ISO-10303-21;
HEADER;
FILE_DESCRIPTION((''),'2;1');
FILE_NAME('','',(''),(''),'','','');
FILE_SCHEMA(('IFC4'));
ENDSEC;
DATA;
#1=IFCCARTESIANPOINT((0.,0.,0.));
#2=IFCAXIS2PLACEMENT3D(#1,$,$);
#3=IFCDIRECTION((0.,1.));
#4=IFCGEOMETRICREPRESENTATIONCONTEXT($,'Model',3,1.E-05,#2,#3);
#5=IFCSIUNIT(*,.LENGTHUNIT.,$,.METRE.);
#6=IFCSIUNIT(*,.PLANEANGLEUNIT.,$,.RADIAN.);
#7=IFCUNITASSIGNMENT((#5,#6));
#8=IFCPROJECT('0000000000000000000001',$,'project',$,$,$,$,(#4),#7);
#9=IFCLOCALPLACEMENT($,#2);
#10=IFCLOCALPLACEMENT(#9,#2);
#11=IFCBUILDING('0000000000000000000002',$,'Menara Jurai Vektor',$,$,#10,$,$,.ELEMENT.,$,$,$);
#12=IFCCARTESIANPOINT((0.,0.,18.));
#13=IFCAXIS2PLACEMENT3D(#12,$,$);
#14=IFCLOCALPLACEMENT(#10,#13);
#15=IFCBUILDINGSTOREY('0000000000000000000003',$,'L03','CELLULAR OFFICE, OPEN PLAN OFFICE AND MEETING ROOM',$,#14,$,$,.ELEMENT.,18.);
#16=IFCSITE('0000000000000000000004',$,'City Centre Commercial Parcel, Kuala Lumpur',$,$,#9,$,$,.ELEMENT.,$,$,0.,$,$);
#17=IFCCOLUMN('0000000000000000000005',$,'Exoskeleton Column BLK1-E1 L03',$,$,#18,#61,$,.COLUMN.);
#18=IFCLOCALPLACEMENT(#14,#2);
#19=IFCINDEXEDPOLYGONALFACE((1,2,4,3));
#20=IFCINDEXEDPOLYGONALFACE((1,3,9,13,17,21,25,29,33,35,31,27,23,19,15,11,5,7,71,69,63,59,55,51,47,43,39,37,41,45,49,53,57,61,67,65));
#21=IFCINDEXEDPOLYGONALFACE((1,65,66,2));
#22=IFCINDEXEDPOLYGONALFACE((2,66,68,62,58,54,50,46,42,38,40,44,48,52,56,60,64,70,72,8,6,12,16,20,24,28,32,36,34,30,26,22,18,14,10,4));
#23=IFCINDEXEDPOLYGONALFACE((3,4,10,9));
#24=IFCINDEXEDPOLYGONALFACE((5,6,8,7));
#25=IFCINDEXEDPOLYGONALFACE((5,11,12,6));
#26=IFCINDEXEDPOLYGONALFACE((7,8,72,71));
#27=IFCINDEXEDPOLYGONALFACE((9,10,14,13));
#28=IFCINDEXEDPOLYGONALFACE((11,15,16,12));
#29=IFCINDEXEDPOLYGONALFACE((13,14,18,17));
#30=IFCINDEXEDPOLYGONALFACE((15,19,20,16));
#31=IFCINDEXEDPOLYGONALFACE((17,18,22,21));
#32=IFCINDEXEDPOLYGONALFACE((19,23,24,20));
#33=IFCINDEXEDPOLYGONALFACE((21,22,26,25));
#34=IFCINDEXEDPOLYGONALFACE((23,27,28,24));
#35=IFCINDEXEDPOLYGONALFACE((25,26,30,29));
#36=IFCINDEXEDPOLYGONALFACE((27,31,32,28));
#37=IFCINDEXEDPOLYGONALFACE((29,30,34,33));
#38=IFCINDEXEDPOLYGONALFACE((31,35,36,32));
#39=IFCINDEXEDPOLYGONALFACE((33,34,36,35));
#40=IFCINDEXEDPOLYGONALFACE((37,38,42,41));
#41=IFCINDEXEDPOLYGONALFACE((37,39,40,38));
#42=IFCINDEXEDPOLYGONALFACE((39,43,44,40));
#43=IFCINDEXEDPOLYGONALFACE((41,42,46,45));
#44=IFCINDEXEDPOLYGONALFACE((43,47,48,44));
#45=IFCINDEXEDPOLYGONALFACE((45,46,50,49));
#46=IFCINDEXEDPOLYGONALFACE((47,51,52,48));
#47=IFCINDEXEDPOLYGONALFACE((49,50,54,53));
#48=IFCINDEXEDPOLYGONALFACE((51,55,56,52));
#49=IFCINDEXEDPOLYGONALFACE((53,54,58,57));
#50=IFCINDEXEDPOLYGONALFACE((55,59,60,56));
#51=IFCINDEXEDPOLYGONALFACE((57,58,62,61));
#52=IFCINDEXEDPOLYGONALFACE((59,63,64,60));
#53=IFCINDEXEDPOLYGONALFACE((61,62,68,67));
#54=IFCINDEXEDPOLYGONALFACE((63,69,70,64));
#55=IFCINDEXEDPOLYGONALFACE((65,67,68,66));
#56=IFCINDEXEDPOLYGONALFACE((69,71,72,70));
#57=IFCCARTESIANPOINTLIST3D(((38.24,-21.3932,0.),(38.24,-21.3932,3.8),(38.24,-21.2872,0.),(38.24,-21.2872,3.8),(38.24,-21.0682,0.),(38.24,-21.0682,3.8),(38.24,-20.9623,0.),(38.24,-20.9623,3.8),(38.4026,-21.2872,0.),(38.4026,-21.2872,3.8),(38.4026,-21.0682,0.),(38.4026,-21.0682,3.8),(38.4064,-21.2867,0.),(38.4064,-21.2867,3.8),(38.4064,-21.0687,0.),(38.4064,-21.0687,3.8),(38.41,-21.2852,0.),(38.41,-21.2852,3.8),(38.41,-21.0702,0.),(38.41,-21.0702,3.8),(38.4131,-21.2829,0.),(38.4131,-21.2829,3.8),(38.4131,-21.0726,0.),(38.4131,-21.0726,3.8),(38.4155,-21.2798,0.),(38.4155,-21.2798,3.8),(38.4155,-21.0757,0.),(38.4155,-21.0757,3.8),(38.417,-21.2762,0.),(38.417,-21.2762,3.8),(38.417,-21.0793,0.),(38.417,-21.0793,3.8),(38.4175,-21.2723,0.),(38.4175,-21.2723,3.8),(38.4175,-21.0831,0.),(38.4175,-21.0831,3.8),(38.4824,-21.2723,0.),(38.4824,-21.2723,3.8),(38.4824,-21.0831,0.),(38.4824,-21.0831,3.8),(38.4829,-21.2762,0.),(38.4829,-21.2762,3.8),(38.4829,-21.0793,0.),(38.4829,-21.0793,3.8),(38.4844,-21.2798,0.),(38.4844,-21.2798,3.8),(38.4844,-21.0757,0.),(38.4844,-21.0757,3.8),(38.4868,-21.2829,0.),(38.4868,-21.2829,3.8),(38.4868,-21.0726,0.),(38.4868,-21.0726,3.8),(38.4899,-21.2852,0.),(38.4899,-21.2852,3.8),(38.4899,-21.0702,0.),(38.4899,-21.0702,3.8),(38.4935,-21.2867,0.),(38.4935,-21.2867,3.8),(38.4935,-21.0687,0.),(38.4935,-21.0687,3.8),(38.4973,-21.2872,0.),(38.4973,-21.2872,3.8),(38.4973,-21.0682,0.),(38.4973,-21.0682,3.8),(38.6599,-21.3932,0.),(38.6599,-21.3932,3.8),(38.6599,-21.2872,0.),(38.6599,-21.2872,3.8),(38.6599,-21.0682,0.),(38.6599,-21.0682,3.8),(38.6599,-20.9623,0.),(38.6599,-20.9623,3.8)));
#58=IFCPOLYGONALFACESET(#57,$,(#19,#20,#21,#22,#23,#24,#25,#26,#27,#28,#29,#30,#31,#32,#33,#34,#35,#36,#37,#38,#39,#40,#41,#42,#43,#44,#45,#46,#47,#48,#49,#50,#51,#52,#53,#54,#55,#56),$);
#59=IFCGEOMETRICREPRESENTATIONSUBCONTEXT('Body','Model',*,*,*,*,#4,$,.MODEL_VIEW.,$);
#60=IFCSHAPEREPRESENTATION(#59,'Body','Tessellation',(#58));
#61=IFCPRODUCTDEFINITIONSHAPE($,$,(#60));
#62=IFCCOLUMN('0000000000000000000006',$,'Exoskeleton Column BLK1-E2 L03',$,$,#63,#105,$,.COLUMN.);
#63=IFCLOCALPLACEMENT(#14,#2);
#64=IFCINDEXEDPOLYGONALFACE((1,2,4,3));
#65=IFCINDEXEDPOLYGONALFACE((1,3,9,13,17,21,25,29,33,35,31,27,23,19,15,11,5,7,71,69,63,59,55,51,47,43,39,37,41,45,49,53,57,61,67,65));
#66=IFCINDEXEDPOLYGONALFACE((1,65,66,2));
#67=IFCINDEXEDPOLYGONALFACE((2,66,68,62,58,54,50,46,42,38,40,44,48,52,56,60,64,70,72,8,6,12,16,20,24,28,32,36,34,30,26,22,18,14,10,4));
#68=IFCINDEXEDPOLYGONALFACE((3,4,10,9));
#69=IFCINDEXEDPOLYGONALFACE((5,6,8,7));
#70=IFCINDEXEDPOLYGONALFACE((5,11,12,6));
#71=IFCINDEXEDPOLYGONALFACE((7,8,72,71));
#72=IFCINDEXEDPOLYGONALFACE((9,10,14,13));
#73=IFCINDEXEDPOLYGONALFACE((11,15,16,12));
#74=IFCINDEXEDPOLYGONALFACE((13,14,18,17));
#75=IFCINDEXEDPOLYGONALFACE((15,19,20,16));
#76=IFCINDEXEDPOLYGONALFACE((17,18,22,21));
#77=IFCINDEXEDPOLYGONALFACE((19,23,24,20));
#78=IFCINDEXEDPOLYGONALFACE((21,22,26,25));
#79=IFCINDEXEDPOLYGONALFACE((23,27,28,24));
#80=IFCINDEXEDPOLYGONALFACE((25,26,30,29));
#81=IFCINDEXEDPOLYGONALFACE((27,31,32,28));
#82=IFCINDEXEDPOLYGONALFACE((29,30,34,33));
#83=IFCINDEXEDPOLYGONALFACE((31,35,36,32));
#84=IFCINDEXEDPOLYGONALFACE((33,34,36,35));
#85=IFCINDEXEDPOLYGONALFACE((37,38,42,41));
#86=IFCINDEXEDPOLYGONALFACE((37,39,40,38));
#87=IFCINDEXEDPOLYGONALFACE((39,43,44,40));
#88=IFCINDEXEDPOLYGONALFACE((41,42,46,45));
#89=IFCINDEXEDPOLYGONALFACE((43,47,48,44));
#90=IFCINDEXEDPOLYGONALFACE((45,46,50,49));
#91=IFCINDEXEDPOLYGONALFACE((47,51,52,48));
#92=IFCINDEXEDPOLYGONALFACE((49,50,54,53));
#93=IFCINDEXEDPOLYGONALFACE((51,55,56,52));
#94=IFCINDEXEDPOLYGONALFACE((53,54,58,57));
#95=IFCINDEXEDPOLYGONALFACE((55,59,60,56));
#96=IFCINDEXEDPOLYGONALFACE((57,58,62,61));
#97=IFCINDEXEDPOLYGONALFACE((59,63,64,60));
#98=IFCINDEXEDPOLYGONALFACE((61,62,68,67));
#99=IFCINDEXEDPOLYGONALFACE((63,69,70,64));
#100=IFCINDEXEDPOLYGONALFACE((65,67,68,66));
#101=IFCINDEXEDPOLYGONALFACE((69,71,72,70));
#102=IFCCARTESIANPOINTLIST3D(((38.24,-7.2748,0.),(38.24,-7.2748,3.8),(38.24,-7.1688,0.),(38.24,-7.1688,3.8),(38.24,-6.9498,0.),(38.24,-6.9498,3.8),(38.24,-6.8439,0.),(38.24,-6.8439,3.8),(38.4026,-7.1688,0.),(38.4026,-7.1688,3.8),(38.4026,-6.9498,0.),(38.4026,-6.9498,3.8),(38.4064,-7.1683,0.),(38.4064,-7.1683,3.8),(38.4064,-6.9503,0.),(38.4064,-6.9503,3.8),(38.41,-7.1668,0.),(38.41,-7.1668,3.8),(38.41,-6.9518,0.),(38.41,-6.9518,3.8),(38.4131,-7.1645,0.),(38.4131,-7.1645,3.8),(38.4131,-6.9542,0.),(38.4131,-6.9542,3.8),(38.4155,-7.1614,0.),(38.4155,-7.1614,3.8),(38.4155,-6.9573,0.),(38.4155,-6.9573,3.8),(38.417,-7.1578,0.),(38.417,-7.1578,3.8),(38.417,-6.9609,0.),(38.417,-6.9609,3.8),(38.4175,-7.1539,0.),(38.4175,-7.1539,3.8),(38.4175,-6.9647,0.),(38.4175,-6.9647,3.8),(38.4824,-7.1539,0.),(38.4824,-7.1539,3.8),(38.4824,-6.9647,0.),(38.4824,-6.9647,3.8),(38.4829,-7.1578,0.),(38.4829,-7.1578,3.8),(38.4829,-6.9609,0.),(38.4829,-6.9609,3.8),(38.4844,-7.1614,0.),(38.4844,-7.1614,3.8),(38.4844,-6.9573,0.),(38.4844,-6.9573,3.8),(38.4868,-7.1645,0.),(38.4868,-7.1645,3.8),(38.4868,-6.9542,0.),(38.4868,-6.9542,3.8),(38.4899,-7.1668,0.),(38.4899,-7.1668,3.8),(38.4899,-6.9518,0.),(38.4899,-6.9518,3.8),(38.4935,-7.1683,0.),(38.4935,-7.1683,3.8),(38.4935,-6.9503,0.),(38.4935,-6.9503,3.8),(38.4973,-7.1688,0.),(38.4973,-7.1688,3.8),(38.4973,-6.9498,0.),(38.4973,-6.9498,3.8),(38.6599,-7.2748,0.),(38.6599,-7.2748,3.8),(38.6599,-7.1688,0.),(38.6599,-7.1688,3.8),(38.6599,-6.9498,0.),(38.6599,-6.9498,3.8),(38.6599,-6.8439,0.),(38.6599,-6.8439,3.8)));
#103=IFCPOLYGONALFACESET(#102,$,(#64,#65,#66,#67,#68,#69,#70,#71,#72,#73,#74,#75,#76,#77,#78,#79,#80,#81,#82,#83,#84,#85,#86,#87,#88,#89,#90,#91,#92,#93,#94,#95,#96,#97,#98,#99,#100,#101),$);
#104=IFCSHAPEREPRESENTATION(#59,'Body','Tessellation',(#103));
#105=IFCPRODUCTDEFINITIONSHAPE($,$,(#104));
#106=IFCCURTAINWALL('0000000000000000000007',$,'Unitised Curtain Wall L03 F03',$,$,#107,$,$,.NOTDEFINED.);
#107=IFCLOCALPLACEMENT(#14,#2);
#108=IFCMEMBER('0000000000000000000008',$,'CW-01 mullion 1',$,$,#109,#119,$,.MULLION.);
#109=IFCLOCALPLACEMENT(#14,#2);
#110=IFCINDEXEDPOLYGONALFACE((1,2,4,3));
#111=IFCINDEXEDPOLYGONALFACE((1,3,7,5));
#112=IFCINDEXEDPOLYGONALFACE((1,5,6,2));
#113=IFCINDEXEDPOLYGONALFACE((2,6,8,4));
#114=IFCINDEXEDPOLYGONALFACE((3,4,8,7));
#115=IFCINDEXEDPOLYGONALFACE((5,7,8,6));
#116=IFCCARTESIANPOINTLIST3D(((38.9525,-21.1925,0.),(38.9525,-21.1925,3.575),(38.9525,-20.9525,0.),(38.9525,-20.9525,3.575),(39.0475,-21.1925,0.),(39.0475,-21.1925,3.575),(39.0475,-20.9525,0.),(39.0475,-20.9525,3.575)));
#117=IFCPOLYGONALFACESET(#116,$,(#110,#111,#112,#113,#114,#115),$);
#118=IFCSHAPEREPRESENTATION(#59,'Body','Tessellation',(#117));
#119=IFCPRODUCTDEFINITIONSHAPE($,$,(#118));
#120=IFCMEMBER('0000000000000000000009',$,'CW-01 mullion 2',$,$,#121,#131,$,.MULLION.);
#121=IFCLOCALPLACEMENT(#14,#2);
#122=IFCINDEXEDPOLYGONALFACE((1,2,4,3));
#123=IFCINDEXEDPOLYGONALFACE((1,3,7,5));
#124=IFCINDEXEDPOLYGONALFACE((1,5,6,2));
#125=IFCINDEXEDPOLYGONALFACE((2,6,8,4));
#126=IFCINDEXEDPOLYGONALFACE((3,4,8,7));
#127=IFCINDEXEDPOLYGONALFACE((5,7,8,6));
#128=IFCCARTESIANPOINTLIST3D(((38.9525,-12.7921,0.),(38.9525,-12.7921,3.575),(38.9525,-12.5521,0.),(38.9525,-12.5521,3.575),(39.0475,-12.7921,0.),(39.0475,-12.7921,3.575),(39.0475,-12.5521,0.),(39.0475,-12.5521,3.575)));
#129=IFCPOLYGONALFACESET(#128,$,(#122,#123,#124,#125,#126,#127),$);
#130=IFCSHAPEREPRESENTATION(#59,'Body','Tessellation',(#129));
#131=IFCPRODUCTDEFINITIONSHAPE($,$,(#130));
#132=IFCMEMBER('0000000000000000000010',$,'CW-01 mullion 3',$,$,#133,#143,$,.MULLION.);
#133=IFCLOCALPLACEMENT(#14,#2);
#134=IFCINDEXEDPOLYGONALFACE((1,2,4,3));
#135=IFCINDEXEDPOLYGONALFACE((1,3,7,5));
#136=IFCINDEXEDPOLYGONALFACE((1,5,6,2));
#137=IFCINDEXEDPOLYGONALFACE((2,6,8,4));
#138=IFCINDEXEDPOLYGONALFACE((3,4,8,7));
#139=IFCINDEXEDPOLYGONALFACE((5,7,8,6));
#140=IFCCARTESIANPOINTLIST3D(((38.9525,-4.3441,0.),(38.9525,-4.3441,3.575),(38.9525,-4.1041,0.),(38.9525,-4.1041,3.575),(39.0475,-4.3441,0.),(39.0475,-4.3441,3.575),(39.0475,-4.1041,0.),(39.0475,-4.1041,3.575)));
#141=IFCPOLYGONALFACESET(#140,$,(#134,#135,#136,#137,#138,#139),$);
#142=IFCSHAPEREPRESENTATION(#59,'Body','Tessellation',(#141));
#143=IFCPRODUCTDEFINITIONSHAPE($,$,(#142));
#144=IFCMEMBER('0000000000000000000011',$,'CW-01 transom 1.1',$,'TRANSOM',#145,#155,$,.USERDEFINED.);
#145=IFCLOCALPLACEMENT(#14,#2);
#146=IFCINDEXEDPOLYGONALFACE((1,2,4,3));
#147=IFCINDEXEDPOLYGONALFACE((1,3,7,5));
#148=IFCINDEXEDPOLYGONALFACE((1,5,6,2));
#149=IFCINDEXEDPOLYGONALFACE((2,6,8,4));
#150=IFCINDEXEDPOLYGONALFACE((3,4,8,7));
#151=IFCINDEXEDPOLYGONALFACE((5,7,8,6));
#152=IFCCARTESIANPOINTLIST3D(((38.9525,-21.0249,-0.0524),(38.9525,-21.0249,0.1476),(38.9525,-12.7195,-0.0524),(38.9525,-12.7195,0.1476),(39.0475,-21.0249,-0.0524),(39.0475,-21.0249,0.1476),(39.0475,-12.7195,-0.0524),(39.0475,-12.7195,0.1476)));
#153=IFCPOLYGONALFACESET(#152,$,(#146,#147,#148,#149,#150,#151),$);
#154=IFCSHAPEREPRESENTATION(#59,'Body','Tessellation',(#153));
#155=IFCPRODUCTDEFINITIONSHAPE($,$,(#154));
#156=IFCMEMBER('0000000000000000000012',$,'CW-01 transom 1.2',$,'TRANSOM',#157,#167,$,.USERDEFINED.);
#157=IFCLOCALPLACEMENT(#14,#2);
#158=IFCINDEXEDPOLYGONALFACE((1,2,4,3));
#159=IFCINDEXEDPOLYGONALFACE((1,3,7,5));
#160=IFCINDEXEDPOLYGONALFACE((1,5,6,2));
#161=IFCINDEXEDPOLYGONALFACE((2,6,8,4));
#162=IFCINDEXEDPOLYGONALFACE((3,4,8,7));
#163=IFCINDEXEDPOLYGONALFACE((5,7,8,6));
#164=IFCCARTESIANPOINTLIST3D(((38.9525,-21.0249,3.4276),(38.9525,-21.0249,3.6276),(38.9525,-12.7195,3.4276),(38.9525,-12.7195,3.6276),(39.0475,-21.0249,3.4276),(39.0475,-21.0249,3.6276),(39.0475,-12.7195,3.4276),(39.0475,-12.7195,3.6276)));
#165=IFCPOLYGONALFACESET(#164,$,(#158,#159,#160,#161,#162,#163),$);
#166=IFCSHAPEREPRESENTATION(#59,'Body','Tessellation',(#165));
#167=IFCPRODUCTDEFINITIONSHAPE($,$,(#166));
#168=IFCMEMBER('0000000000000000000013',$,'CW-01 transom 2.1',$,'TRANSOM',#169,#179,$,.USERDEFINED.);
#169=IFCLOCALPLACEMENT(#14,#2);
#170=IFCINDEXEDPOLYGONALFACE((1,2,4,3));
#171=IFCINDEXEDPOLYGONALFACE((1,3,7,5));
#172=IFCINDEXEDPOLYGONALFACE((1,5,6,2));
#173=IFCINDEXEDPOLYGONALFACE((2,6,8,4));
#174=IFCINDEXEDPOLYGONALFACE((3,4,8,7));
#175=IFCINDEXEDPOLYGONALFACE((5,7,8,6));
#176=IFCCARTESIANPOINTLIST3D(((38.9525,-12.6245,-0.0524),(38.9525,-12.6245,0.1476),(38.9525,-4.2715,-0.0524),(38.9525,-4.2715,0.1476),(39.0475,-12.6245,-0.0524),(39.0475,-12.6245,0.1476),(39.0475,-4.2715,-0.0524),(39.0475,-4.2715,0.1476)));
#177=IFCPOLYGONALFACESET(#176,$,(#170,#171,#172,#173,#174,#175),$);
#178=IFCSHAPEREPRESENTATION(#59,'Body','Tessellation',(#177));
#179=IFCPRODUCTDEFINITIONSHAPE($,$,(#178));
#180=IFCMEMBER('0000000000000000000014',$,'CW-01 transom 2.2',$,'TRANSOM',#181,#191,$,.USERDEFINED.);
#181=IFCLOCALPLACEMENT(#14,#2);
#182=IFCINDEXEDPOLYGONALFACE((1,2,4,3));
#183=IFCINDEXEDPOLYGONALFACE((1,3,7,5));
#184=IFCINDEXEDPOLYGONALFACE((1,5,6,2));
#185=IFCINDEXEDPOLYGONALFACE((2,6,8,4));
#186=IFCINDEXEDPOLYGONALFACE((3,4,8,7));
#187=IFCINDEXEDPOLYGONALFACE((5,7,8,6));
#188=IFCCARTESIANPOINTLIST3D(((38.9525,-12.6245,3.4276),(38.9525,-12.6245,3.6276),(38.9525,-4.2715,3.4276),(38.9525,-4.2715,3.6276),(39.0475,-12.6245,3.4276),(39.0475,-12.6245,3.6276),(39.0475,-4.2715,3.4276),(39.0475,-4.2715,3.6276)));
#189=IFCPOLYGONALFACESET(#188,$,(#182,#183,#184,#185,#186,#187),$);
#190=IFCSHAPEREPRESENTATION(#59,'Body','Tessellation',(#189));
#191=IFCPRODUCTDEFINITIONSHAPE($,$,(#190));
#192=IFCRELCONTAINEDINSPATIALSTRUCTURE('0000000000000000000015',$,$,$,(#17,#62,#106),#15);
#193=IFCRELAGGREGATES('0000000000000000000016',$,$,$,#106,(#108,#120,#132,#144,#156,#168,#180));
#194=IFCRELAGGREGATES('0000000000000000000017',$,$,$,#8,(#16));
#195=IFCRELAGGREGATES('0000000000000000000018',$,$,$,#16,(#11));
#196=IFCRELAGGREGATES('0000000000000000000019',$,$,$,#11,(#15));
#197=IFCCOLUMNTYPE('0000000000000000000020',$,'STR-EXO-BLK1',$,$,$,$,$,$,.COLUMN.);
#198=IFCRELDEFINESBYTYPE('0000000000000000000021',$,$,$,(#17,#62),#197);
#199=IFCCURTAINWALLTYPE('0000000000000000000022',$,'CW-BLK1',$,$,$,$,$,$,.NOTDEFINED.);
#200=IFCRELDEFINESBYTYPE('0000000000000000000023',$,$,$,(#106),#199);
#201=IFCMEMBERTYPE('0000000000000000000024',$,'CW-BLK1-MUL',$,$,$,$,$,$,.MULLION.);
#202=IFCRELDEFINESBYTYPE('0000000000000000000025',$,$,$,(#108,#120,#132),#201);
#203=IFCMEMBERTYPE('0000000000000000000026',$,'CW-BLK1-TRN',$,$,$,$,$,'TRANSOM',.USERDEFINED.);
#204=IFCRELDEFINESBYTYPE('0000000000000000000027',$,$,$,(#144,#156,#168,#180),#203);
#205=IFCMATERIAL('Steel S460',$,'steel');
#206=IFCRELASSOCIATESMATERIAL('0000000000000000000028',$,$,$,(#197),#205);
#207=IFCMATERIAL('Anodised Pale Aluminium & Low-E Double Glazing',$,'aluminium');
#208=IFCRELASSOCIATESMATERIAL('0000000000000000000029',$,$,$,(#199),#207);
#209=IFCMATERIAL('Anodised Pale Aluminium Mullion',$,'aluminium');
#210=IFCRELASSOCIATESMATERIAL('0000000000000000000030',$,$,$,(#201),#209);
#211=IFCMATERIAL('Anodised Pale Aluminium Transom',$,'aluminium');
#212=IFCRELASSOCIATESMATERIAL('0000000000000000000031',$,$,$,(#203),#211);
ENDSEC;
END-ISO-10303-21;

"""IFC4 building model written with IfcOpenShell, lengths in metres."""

from ifc_helpers import new_model, si_unit, direction, frame, origin, origin_2d, place, context, subcontext, project, spatial, rectangle, i_section, extrude, material, material_profile, profile_set, type_object, element, aggregate, save


model = new_model("IFC4")

# Units and contexts
model_context = context("Model", 3, precision=1e-05, world=origin(), true_north=direction((0.0, 1.0)))
body_context = subcontext(model_context, "Body", "Model", "MODEL_VIEW")
ifc_project = project(units=[si_unit("LENGTHUNIT", "METRE"), si_unit("PLANEANGLEUNIT", "RADIAN")], contexts=[model_context])

# Site, building, storey
site_placement = place(None, origin())
site = spatial("IfcSite", under=ifc_project, at=site_placement, Name="City Centre Commercial Parcel, Kuala Lumpur", CompositionType="ELEMENT", RefElevation=0.0)
building_placement = place(site_placement, origin())
building = spatial("IfcBuilding", under=site, at=building_placement, Name="Menara Jurai Vektor", CompositionType="ELEMENT")
storey_placement = place(building_placement, frame((0.0, 0.0, 18.0)))
storey = spatial("IfcBuildingStorey", under=building, at=storey_placement, Name="L03", Description="CELLULAR OFFICE, OPEN PLAN OFFICE AND MEETING ROOM", CompositionType="ELEMENT", Elevation=18.0)

# Columns
ifc_material_1 = material(Name="Steel S460", Category="steel")
ifc_material_profile_1 = material_profile(ifc_material_1, i_section(OverallWidth=0.4199, OverallDepth=0.4309, WebThickness=0.0649, FlangeThickness=0.106, FilletRadius=0.0149, at=origin_2d()), Name="HD 400x900")
ifc_profile_set_1 = profile_set([ifc_material_profile_1], Name="Steel S460")
column_type = type_object("IfcColumnType", Name="STR-EXO-BLK1", PredefinedType="COLUMN", material=ifc_profile_set_1)
for number, where, z_axis, x_axis, name in (
    (1, (38.45, -21.1777, 0.0), (0.0, 0.0, 1.0), (1.0, 0.0, 0.0), "Exoskeleton Column BLK1-E1 L03"),
    (2, (38.45, -7.0593, 0.0), (0.0, 0.0, 1.0), (1.0, 0.0, 0.0), "Exoskeleton Column BLK1-E2 L03"),
):
    element("IfcColumn", number, at=place(storey_placement, frame(where, z_axis=z_axis, x_axis=x_axis)), inside=storey, type_object=column_type, Name=name, PredefinedType="COLUMN", context=body_context, shape_type="SweptSolid", body=[
        extrude(i_section(OverallWidth=0.4199, OverallDepth=0.4309, WebThickness=0.0649, FlangeThickness=0.106, FilletRadius=0.0149, at=origin_2d()), origin(), (0.0, 0.0, 1.0), 3.8),
    ])

# Curtain wall, members
ifc_material_2 = material(Name="Anodised Pale Aluminium & Low-E Double Glazing", Category="aluminium")
curtain_wall_type = type_object("IfcCurtainWallType", Name="CW-BLK1", PredefinedType="NOTDEFINED", material=ifc_material_2)
curtain_wall_placement = place(storey_placement, origin())
curtain_wall = element("IfcCurtainWall", 3, at=curtain_wall_placement, inside=storey, type_object=curtain_wall_type, Name="Unitised Curtain Wall L03 F03", PredefinedType="NOTDEFINED")
ifc_material_3 = material(Name="Anodised Pale Aluminium Mullion", Category="aluminium")
ifc_material_profile_2 = material_profile(ifc_material_3, rectangle(XDim=0.095, YDim=0.24, at=origin_2d()), Name="ALU MUL 95x240")
ifc_profile_set_2 = profile_set([ifc_material_profile_2], Name="Anodised Pale Aluminium Mullion")
member_type_1 = type_object("IfcMemberType", Name="CW-BLK1-MUL", PredefinedType="MULLION", material=ifc_profile_set_2)
member_1_placement = place(storey_placement, frame((39.0, -21.0725, 0.0), z_axis=(0.0, 0.0, 1.0), x_axis=(-1.0, 0.0, 0.0)))
member_1 = element("IfcMember", 4, at=member_1_placement, type_object=member_type_1, Name="CW-01 mullion 1", PredefinedType="MULLION", context=body_context, shape_type="SweptSolid", body=[
    extrude(rectangle(XDim=0.095, YDim=0.24, at=origin_2d()), origin(), (0.0, 0.0, 1.0), 3.575),
])
member_2_placement = place(storey_placement, frame((39.0, -12.6721, 0.0), z_axis=(0.0, 0.0, 1.0), x_axis=(-1.0, 0.0, 0.0)))
member_2 = element("IfcMember", 5, at=member_2_placement, type_object=member_type_1, Name="CW-01 mullion 2", PredefinedType="MULLION", context=body_context, shape_type="SweptSolid", body=[
    extrude(rectangle(XDim=0.095, YDim=0.24, at=origin_2d()), origin(), (0.0, 0.0, 1.0), 3.575),
])
member_3_placement = place(storey_placement, frame((39.0, -4.2241, 0.0), z_axis=(0.0, 0.0, 1.0), x_axis=(-1.0, 0.0, 0.0)))
member_3 = element("IfcMember", 6, at=member_3_placement, type_object=member_type_1, Name="CW-01 mullion 3", PredefinedType="MULLION", context=body_context, shape_type="SweptSolid", body=[
    extrude(rectangle(XDim=0.095, YDim=0.24, at=origin_2d()), origin(), (0.0, 0.0, 1.0), 3.575),
])
ifc_material_4 = material(Name="Anodised Pale Aluminium Transom", Category="aluminium")
ifc_material_profile_3 = material_profile(ifc_material_4, rectangle(XDim=0.095, YDim=0.2, at=origin_2d()), Name="ALU TRN 95x200")
ifc_profile_set_3 = profile_set([ifc_material_profile_3], Name="Anodised Pale Aluminium Transom")
member_type_2 = type_object("IfcMemberType", Name="CW-BLK1-TRN", ElementType="TRANSOM", PredefinedType="USERDEFINED", material=ifc_profile_set_3)
member_4_placement = place(storey_placement, frame((39.0, -21.0249, 0.0476), z_axis=(0.0, 1.0, 0.0), x_axis=(-1.0, 0.0, 0.0)))
member_4 = element("IfcMember", 7, at=member_4_placement, type_object=member_type_2, Name="CW-01 transom 1.1", ObjectType="TRANSOM", PredefinedType="USERDEFINED", context=body_context, shape_type="SweptSolid", body=[
    extrude(rectangle(XDim=0.095, YDim=0.2, at=origin_2d()), origin(), (0.0, 0.0, 1.0), 8.3054),
])
member_5_placement = place(storey_placement, frame((39.0, -21.0249, 3.5276), z_axis=(0.0, 1.0, 0.0), x_axis=(-1.0, 0.0, 0.0)))
member_5 = element("IfcMember", 8, at=member_5_placement, type_object=member_type_2, Name="CW-01 transom 1.2", ObjectType="TRANSOM", PredefinedType="USERDEFINED", context=body_context, shape_type="SweptSolid", body=[
    extrude(rectangle(XDim=0.095, YDim=0.2, at=origin_2d()), origin(), (0.0, 0.0, 1.0), 8.3054),
])
member_6_placement = place(storey_placement, frame((39.0, -12.6245, 0.0476), z_axis=(0.0, 1.0, 0.0), x_axis=(-1.0, 0.0, 0.0)))
member_6 = element("IfcMember", 9, at=member_6_placement, type_object=member_type_2, Name="CW-01 transom 2.1", ObjectType="TRANSOM", PredefinedType="USERDEFINED", context=body_context, shape_type="SweptSolid", body=[
    extrude(rectangle(XDim=0.095, YDim=0.2, at=origin_2d()), origin(), (0.0, 0.0, 1.0), 8.353),
])
member_7_placement = place(storey_placement, frame((39.0, -12.6245, 3.5276), z_axis=(0.0, 1.0, 0.0), x_axis=(-1.0, 0.0, 0.0)))
member_7 = element("IfcMember", 10, at=member_7_placement, type_object=member_type_2, Name="CW-01 transom 2.2", ObjectType="TRANSOM", PredefinedType="USERDEFINED", context=body_context, shape_type="SweptSolid", body=[
    extrude(rectangle(XDim=0.095, YDim=0.2, at=origin_2d()), origin(), (0.0, 0.0, 1.0), 8.353),
])

aggregate(curtain_wall, [member_1, member_2, member_3, member_4, member_5, member_6, member_7])

save(model, "model.ifc")
